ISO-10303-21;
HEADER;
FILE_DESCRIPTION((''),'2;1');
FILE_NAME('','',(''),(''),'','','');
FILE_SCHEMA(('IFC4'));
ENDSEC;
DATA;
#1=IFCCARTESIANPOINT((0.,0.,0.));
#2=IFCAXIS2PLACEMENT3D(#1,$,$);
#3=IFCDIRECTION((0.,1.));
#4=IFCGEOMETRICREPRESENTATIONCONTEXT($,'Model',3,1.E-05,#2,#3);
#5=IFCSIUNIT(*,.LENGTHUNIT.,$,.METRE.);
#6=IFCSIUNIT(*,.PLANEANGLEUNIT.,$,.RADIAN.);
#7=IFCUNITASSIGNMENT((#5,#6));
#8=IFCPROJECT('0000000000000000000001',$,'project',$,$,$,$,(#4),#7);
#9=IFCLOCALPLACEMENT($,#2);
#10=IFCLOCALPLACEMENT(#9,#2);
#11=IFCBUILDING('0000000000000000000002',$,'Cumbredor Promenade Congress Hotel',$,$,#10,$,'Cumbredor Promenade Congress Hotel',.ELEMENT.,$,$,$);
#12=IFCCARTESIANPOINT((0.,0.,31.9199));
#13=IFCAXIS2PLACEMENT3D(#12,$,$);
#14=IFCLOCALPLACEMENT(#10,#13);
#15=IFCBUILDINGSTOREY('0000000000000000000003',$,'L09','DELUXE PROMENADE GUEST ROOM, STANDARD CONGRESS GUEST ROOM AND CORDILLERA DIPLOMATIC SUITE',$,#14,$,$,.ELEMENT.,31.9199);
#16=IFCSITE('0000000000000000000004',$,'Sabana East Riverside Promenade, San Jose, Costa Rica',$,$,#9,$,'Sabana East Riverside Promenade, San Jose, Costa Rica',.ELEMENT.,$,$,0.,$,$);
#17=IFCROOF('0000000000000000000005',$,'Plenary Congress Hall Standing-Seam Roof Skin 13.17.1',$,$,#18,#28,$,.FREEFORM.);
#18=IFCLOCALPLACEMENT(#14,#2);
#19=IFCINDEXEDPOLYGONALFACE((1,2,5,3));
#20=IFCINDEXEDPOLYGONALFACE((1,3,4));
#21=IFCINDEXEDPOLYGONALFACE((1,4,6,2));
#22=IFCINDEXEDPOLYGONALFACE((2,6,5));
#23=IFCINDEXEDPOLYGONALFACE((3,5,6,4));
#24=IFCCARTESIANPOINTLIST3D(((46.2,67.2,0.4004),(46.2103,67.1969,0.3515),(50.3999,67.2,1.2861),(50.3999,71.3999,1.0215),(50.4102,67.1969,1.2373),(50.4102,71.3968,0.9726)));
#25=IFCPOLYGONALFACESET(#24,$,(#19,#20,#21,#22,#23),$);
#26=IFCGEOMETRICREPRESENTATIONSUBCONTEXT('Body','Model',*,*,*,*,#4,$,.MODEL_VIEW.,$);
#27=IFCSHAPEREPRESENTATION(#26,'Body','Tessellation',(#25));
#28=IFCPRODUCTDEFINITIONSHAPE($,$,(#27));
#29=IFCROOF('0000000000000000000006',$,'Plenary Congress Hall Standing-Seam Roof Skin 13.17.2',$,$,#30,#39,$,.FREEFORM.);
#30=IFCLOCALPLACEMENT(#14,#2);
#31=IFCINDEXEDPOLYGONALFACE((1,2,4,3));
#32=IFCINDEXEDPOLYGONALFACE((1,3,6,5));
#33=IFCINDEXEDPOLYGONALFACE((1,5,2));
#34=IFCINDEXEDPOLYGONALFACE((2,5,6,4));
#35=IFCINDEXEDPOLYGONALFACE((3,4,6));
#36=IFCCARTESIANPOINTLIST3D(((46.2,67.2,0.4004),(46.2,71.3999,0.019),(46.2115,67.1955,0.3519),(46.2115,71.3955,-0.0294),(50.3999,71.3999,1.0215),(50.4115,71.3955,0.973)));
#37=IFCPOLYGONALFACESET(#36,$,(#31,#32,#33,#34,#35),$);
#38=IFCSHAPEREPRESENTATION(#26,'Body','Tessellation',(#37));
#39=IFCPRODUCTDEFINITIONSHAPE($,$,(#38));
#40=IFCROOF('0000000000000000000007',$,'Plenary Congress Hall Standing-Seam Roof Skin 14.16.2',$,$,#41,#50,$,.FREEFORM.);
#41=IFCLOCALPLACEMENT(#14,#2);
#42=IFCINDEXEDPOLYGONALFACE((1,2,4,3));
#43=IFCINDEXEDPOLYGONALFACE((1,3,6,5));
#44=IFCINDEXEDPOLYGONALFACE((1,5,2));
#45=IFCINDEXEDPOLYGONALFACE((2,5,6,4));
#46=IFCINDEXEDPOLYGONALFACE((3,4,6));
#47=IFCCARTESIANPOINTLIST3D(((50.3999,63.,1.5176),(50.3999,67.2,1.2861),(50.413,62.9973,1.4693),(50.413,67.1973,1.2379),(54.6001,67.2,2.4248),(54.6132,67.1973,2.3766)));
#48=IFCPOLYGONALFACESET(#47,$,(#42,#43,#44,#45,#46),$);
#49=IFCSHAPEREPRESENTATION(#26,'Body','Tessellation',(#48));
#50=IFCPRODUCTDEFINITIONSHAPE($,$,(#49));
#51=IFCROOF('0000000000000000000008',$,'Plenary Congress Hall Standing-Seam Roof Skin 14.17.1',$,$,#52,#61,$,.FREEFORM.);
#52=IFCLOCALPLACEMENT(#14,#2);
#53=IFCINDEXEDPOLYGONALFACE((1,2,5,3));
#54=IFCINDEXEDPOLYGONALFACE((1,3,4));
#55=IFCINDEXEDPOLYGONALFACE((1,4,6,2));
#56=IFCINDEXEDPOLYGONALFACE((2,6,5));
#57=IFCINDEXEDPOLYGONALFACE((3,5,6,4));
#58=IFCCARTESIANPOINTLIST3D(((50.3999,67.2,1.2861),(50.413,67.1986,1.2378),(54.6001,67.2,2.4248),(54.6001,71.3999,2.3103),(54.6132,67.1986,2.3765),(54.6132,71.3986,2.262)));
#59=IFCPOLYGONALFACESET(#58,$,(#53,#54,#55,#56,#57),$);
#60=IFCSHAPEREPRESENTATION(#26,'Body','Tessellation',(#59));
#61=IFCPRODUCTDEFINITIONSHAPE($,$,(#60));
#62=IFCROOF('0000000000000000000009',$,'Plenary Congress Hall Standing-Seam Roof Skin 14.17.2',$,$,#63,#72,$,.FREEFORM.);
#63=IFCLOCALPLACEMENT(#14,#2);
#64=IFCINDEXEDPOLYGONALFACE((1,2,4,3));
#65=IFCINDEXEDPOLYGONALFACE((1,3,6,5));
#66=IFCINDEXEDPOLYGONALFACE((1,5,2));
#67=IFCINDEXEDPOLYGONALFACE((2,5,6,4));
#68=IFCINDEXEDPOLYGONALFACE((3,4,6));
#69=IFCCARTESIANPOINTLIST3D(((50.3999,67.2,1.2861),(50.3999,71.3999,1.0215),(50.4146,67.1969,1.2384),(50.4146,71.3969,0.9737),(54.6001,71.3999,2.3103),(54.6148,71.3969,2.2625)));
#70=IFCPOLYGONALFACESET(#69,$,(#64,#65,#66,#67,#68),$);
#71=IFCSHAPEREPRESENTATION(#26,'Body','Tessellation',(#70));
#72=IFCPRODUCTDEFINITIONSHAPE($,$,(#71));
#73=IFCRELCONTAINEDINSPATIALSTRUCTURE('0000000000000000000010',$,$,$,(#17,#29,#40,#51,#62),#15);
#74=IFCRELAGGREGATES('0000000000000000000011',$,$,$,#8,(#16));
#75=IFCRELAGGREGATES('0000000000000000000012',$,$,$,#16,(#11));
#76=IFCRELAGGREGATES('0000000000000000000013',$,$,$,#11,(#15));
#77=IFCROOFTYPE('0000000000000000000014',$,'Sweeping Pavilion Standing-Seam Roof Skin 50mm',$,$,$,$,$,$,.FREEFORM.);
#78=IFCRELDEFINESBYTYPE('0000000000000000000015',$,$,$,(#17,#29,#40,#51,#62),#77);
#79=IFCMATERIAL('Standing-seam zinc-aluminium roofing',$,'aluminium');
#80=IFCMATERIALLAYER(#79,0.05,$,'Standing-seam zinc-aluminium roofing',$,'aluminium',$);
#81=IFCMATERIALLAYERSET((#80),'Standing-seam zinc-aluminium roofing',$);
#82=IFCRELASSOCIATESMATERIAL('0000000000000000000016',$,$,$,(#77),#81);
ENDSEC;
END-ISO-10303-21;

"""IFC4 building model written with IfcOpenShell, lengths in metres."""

from ifc_helpers import new_model, si_unit, direction, frame, origin, place, context, subcontext, project, spatial, polyline, outline, extrude, material, layer, layer_set, type_object, element, save


model = new_model("IFC4")

# Units and contexts
model_context = context("Model", 3, precision=1e-05, world=origin(), true_north=direction((0.0, 1.0)))
body_context = subcontext(model_context, "Body", "Model", "MODEL_VIEW")
ifc_project = project(units=[si_unit("LENGTHUNIT", "METRE"), si_unit("PLANEANGLEUNIT", "RADIAN")], contexts=[model_context])

# Site, building, storey
site_placement = place(None, origin())
site = spatial("IfcSite", under=ifc_project, at=site_placement, Name="Sabana East Riverside Promenade, San Jose, Costa Rica", LongName="Sabana East Riverside Promenade, San Jose, Costa Rica", CompositionType="ELEMENT", RefElevation=0.0)
building_placement = place(site_placement, origin())
building = spatial("IfcBuilding", under=site, at=building_placement, Name="Cumbredor Promenade Congress Hotel", LongName="Cumbredor Promenade Congress Hotel", CompositionType="ELEMENT")
storey_placement = place(building_placement, frame((0.0, 0.0, 31.9199)))
storey = spatial("IfcBuildingStorey", under=building, at=storey_placement, Name="L09", Description="DELUXE PROMENADE GUEST ROOM, STANDARD CONGRESS GUEST ROOM AND CORDILLERA DIPLOMATIC SUITE", CompositionType="ELEMENT", Elevation=31.9199)

# Roofs
ifc_material_1 = material(Name="Standing-seam zinc-aluminium roofing", Category="aluminium")
ifc_layer_1 = layer(ifc_material_1, 0.05, Name="Standing-seam zinc-aluminium roofing", Category="aluminium")
ifc_layer_set_1 = layer_set([ifc_layer_1], Name="Standing-seam zinc-aluminium roofing")
roof_type = type_object("IfcRoofType", Name="Sweeping Pavilion Standing-Seam Roof Skin 50mm", PredefinedType="FREEFORM", material=ifc_layer_set_1)
roof_1_placement = place(storey_placement, frame((46.2, 67.2, 0.4004), z_axis=(-0.205963, 0.061539, 0.976623), x_axis=(0.978477, 0.0, 0.206354)))
element("IfcRoof", 1, at=roof_1_placement, inside=storey, type_object=roof_type, Name="Plenary Congress Hall Standing-Seam Roof Skin 13.17.1", PredefinedType="FREEFORM", context=body_context, shape_type="SweptSolid", body=[
    extrude(outline(polyline([(0.0, 0.0), (4.2923, 0.0), (4.2377, 4.2079), (0.0, 0.0)])), origin(), (0.0, 0.0, -1.0), 0.05),
])
roof_2_placement = place(storey_placement, frame((46.2, 67.2, 0.4004), z_axis=(-0.231258, 0.087975, 0.968907), x_axis=(0.703272, 0.703272, 0.104001)))
element("IfcRoof", 2, at=roof_2_placement, inside=storey, type_object=roof_type, Name="Plenary Congress Hall Standing-Seam Roof Skin 13.17.2", PredefinedType="FREEFORM", context=body_context, shape_type="SweptSolid", body=[
    extrude(outline(polyline([(0.0, 0.0), (5.972, 0.0), (2.914, 3.0485), (0.0, 0.0)])), origin(), (0.0, 0.0, -1.0), 0.05),
])
roof_3_placement = place(storey_placement, frame((50.3999, 63.0, 1.5176), z_axis=(-0.261286, 0.053112, 0.963799), x_axis=(0.699021, 0.69898, 0.150986)))
element("IfcRoof", 3, at=roof_3_placement, inside=storey, type_object=roof_type, Name="Plenary Congress Hall Standing-Seam Roof Skin 14.16.2", PredefinedType="FREEFORM", context=body_context, shape_type="SweptSolid", body=[
    extrude(outline(polyline([(0.0, 0.0), (6.0087, 0.0), (2.9007, 3.0461), (0.0, 0.0)])), origin(), (0.0, 0.0, -1.0), 0.05),
])
roof_4_placement = place(storey_placement, frame((50.3999, 67.2, 1.2861), z_axis=(-0.261564, 0.026304, 0.964828), x_axis=(0.965161, 0.0, 0.261655)))
element("IfcRoof", 4, at=roof_4_placement, inside=storey, type_object=roof_type, Name="Plenary Congress Hall Standing-Seam Roof Skin 14.17.1", PredefinedType="FREEFORM", context=body_context, shape_type="SweptSolid", body=[
    extrude(outline(polyline([(0.0, 0.0), (4.3518, 0.0), (4.3218, 4.2014), (0.0, 0.0)])), origin(), (0.0, 0.0, -1.0), 0.05),
])
roof_5_placement = place(storey_placement, frame((50.3999, 67.2, 1.2861), z_axis=(-0.292817, 0.060131, 0.954276), x_axis=(0.696844, 0.696804, 0.169918)))
element("IfcRoof", 5, at=roof_5_placement, inside=storey, type_object=roof_type, Name="Plenary Congress Hall Standing-Seam Roof Skin 14.17.2", PredefinedType="FREEFORM", context=body_context, shape_type="SweptSolid", body=[
    extrude(outline(polyline([(0.0, 0.0), (6.0275, 0.0), (2.8816, 3.0669), (0.0, 0.0)])), origin(), (0.0, 0.0, -1.0), 0.05),
])

save(model, "model.ifc")
